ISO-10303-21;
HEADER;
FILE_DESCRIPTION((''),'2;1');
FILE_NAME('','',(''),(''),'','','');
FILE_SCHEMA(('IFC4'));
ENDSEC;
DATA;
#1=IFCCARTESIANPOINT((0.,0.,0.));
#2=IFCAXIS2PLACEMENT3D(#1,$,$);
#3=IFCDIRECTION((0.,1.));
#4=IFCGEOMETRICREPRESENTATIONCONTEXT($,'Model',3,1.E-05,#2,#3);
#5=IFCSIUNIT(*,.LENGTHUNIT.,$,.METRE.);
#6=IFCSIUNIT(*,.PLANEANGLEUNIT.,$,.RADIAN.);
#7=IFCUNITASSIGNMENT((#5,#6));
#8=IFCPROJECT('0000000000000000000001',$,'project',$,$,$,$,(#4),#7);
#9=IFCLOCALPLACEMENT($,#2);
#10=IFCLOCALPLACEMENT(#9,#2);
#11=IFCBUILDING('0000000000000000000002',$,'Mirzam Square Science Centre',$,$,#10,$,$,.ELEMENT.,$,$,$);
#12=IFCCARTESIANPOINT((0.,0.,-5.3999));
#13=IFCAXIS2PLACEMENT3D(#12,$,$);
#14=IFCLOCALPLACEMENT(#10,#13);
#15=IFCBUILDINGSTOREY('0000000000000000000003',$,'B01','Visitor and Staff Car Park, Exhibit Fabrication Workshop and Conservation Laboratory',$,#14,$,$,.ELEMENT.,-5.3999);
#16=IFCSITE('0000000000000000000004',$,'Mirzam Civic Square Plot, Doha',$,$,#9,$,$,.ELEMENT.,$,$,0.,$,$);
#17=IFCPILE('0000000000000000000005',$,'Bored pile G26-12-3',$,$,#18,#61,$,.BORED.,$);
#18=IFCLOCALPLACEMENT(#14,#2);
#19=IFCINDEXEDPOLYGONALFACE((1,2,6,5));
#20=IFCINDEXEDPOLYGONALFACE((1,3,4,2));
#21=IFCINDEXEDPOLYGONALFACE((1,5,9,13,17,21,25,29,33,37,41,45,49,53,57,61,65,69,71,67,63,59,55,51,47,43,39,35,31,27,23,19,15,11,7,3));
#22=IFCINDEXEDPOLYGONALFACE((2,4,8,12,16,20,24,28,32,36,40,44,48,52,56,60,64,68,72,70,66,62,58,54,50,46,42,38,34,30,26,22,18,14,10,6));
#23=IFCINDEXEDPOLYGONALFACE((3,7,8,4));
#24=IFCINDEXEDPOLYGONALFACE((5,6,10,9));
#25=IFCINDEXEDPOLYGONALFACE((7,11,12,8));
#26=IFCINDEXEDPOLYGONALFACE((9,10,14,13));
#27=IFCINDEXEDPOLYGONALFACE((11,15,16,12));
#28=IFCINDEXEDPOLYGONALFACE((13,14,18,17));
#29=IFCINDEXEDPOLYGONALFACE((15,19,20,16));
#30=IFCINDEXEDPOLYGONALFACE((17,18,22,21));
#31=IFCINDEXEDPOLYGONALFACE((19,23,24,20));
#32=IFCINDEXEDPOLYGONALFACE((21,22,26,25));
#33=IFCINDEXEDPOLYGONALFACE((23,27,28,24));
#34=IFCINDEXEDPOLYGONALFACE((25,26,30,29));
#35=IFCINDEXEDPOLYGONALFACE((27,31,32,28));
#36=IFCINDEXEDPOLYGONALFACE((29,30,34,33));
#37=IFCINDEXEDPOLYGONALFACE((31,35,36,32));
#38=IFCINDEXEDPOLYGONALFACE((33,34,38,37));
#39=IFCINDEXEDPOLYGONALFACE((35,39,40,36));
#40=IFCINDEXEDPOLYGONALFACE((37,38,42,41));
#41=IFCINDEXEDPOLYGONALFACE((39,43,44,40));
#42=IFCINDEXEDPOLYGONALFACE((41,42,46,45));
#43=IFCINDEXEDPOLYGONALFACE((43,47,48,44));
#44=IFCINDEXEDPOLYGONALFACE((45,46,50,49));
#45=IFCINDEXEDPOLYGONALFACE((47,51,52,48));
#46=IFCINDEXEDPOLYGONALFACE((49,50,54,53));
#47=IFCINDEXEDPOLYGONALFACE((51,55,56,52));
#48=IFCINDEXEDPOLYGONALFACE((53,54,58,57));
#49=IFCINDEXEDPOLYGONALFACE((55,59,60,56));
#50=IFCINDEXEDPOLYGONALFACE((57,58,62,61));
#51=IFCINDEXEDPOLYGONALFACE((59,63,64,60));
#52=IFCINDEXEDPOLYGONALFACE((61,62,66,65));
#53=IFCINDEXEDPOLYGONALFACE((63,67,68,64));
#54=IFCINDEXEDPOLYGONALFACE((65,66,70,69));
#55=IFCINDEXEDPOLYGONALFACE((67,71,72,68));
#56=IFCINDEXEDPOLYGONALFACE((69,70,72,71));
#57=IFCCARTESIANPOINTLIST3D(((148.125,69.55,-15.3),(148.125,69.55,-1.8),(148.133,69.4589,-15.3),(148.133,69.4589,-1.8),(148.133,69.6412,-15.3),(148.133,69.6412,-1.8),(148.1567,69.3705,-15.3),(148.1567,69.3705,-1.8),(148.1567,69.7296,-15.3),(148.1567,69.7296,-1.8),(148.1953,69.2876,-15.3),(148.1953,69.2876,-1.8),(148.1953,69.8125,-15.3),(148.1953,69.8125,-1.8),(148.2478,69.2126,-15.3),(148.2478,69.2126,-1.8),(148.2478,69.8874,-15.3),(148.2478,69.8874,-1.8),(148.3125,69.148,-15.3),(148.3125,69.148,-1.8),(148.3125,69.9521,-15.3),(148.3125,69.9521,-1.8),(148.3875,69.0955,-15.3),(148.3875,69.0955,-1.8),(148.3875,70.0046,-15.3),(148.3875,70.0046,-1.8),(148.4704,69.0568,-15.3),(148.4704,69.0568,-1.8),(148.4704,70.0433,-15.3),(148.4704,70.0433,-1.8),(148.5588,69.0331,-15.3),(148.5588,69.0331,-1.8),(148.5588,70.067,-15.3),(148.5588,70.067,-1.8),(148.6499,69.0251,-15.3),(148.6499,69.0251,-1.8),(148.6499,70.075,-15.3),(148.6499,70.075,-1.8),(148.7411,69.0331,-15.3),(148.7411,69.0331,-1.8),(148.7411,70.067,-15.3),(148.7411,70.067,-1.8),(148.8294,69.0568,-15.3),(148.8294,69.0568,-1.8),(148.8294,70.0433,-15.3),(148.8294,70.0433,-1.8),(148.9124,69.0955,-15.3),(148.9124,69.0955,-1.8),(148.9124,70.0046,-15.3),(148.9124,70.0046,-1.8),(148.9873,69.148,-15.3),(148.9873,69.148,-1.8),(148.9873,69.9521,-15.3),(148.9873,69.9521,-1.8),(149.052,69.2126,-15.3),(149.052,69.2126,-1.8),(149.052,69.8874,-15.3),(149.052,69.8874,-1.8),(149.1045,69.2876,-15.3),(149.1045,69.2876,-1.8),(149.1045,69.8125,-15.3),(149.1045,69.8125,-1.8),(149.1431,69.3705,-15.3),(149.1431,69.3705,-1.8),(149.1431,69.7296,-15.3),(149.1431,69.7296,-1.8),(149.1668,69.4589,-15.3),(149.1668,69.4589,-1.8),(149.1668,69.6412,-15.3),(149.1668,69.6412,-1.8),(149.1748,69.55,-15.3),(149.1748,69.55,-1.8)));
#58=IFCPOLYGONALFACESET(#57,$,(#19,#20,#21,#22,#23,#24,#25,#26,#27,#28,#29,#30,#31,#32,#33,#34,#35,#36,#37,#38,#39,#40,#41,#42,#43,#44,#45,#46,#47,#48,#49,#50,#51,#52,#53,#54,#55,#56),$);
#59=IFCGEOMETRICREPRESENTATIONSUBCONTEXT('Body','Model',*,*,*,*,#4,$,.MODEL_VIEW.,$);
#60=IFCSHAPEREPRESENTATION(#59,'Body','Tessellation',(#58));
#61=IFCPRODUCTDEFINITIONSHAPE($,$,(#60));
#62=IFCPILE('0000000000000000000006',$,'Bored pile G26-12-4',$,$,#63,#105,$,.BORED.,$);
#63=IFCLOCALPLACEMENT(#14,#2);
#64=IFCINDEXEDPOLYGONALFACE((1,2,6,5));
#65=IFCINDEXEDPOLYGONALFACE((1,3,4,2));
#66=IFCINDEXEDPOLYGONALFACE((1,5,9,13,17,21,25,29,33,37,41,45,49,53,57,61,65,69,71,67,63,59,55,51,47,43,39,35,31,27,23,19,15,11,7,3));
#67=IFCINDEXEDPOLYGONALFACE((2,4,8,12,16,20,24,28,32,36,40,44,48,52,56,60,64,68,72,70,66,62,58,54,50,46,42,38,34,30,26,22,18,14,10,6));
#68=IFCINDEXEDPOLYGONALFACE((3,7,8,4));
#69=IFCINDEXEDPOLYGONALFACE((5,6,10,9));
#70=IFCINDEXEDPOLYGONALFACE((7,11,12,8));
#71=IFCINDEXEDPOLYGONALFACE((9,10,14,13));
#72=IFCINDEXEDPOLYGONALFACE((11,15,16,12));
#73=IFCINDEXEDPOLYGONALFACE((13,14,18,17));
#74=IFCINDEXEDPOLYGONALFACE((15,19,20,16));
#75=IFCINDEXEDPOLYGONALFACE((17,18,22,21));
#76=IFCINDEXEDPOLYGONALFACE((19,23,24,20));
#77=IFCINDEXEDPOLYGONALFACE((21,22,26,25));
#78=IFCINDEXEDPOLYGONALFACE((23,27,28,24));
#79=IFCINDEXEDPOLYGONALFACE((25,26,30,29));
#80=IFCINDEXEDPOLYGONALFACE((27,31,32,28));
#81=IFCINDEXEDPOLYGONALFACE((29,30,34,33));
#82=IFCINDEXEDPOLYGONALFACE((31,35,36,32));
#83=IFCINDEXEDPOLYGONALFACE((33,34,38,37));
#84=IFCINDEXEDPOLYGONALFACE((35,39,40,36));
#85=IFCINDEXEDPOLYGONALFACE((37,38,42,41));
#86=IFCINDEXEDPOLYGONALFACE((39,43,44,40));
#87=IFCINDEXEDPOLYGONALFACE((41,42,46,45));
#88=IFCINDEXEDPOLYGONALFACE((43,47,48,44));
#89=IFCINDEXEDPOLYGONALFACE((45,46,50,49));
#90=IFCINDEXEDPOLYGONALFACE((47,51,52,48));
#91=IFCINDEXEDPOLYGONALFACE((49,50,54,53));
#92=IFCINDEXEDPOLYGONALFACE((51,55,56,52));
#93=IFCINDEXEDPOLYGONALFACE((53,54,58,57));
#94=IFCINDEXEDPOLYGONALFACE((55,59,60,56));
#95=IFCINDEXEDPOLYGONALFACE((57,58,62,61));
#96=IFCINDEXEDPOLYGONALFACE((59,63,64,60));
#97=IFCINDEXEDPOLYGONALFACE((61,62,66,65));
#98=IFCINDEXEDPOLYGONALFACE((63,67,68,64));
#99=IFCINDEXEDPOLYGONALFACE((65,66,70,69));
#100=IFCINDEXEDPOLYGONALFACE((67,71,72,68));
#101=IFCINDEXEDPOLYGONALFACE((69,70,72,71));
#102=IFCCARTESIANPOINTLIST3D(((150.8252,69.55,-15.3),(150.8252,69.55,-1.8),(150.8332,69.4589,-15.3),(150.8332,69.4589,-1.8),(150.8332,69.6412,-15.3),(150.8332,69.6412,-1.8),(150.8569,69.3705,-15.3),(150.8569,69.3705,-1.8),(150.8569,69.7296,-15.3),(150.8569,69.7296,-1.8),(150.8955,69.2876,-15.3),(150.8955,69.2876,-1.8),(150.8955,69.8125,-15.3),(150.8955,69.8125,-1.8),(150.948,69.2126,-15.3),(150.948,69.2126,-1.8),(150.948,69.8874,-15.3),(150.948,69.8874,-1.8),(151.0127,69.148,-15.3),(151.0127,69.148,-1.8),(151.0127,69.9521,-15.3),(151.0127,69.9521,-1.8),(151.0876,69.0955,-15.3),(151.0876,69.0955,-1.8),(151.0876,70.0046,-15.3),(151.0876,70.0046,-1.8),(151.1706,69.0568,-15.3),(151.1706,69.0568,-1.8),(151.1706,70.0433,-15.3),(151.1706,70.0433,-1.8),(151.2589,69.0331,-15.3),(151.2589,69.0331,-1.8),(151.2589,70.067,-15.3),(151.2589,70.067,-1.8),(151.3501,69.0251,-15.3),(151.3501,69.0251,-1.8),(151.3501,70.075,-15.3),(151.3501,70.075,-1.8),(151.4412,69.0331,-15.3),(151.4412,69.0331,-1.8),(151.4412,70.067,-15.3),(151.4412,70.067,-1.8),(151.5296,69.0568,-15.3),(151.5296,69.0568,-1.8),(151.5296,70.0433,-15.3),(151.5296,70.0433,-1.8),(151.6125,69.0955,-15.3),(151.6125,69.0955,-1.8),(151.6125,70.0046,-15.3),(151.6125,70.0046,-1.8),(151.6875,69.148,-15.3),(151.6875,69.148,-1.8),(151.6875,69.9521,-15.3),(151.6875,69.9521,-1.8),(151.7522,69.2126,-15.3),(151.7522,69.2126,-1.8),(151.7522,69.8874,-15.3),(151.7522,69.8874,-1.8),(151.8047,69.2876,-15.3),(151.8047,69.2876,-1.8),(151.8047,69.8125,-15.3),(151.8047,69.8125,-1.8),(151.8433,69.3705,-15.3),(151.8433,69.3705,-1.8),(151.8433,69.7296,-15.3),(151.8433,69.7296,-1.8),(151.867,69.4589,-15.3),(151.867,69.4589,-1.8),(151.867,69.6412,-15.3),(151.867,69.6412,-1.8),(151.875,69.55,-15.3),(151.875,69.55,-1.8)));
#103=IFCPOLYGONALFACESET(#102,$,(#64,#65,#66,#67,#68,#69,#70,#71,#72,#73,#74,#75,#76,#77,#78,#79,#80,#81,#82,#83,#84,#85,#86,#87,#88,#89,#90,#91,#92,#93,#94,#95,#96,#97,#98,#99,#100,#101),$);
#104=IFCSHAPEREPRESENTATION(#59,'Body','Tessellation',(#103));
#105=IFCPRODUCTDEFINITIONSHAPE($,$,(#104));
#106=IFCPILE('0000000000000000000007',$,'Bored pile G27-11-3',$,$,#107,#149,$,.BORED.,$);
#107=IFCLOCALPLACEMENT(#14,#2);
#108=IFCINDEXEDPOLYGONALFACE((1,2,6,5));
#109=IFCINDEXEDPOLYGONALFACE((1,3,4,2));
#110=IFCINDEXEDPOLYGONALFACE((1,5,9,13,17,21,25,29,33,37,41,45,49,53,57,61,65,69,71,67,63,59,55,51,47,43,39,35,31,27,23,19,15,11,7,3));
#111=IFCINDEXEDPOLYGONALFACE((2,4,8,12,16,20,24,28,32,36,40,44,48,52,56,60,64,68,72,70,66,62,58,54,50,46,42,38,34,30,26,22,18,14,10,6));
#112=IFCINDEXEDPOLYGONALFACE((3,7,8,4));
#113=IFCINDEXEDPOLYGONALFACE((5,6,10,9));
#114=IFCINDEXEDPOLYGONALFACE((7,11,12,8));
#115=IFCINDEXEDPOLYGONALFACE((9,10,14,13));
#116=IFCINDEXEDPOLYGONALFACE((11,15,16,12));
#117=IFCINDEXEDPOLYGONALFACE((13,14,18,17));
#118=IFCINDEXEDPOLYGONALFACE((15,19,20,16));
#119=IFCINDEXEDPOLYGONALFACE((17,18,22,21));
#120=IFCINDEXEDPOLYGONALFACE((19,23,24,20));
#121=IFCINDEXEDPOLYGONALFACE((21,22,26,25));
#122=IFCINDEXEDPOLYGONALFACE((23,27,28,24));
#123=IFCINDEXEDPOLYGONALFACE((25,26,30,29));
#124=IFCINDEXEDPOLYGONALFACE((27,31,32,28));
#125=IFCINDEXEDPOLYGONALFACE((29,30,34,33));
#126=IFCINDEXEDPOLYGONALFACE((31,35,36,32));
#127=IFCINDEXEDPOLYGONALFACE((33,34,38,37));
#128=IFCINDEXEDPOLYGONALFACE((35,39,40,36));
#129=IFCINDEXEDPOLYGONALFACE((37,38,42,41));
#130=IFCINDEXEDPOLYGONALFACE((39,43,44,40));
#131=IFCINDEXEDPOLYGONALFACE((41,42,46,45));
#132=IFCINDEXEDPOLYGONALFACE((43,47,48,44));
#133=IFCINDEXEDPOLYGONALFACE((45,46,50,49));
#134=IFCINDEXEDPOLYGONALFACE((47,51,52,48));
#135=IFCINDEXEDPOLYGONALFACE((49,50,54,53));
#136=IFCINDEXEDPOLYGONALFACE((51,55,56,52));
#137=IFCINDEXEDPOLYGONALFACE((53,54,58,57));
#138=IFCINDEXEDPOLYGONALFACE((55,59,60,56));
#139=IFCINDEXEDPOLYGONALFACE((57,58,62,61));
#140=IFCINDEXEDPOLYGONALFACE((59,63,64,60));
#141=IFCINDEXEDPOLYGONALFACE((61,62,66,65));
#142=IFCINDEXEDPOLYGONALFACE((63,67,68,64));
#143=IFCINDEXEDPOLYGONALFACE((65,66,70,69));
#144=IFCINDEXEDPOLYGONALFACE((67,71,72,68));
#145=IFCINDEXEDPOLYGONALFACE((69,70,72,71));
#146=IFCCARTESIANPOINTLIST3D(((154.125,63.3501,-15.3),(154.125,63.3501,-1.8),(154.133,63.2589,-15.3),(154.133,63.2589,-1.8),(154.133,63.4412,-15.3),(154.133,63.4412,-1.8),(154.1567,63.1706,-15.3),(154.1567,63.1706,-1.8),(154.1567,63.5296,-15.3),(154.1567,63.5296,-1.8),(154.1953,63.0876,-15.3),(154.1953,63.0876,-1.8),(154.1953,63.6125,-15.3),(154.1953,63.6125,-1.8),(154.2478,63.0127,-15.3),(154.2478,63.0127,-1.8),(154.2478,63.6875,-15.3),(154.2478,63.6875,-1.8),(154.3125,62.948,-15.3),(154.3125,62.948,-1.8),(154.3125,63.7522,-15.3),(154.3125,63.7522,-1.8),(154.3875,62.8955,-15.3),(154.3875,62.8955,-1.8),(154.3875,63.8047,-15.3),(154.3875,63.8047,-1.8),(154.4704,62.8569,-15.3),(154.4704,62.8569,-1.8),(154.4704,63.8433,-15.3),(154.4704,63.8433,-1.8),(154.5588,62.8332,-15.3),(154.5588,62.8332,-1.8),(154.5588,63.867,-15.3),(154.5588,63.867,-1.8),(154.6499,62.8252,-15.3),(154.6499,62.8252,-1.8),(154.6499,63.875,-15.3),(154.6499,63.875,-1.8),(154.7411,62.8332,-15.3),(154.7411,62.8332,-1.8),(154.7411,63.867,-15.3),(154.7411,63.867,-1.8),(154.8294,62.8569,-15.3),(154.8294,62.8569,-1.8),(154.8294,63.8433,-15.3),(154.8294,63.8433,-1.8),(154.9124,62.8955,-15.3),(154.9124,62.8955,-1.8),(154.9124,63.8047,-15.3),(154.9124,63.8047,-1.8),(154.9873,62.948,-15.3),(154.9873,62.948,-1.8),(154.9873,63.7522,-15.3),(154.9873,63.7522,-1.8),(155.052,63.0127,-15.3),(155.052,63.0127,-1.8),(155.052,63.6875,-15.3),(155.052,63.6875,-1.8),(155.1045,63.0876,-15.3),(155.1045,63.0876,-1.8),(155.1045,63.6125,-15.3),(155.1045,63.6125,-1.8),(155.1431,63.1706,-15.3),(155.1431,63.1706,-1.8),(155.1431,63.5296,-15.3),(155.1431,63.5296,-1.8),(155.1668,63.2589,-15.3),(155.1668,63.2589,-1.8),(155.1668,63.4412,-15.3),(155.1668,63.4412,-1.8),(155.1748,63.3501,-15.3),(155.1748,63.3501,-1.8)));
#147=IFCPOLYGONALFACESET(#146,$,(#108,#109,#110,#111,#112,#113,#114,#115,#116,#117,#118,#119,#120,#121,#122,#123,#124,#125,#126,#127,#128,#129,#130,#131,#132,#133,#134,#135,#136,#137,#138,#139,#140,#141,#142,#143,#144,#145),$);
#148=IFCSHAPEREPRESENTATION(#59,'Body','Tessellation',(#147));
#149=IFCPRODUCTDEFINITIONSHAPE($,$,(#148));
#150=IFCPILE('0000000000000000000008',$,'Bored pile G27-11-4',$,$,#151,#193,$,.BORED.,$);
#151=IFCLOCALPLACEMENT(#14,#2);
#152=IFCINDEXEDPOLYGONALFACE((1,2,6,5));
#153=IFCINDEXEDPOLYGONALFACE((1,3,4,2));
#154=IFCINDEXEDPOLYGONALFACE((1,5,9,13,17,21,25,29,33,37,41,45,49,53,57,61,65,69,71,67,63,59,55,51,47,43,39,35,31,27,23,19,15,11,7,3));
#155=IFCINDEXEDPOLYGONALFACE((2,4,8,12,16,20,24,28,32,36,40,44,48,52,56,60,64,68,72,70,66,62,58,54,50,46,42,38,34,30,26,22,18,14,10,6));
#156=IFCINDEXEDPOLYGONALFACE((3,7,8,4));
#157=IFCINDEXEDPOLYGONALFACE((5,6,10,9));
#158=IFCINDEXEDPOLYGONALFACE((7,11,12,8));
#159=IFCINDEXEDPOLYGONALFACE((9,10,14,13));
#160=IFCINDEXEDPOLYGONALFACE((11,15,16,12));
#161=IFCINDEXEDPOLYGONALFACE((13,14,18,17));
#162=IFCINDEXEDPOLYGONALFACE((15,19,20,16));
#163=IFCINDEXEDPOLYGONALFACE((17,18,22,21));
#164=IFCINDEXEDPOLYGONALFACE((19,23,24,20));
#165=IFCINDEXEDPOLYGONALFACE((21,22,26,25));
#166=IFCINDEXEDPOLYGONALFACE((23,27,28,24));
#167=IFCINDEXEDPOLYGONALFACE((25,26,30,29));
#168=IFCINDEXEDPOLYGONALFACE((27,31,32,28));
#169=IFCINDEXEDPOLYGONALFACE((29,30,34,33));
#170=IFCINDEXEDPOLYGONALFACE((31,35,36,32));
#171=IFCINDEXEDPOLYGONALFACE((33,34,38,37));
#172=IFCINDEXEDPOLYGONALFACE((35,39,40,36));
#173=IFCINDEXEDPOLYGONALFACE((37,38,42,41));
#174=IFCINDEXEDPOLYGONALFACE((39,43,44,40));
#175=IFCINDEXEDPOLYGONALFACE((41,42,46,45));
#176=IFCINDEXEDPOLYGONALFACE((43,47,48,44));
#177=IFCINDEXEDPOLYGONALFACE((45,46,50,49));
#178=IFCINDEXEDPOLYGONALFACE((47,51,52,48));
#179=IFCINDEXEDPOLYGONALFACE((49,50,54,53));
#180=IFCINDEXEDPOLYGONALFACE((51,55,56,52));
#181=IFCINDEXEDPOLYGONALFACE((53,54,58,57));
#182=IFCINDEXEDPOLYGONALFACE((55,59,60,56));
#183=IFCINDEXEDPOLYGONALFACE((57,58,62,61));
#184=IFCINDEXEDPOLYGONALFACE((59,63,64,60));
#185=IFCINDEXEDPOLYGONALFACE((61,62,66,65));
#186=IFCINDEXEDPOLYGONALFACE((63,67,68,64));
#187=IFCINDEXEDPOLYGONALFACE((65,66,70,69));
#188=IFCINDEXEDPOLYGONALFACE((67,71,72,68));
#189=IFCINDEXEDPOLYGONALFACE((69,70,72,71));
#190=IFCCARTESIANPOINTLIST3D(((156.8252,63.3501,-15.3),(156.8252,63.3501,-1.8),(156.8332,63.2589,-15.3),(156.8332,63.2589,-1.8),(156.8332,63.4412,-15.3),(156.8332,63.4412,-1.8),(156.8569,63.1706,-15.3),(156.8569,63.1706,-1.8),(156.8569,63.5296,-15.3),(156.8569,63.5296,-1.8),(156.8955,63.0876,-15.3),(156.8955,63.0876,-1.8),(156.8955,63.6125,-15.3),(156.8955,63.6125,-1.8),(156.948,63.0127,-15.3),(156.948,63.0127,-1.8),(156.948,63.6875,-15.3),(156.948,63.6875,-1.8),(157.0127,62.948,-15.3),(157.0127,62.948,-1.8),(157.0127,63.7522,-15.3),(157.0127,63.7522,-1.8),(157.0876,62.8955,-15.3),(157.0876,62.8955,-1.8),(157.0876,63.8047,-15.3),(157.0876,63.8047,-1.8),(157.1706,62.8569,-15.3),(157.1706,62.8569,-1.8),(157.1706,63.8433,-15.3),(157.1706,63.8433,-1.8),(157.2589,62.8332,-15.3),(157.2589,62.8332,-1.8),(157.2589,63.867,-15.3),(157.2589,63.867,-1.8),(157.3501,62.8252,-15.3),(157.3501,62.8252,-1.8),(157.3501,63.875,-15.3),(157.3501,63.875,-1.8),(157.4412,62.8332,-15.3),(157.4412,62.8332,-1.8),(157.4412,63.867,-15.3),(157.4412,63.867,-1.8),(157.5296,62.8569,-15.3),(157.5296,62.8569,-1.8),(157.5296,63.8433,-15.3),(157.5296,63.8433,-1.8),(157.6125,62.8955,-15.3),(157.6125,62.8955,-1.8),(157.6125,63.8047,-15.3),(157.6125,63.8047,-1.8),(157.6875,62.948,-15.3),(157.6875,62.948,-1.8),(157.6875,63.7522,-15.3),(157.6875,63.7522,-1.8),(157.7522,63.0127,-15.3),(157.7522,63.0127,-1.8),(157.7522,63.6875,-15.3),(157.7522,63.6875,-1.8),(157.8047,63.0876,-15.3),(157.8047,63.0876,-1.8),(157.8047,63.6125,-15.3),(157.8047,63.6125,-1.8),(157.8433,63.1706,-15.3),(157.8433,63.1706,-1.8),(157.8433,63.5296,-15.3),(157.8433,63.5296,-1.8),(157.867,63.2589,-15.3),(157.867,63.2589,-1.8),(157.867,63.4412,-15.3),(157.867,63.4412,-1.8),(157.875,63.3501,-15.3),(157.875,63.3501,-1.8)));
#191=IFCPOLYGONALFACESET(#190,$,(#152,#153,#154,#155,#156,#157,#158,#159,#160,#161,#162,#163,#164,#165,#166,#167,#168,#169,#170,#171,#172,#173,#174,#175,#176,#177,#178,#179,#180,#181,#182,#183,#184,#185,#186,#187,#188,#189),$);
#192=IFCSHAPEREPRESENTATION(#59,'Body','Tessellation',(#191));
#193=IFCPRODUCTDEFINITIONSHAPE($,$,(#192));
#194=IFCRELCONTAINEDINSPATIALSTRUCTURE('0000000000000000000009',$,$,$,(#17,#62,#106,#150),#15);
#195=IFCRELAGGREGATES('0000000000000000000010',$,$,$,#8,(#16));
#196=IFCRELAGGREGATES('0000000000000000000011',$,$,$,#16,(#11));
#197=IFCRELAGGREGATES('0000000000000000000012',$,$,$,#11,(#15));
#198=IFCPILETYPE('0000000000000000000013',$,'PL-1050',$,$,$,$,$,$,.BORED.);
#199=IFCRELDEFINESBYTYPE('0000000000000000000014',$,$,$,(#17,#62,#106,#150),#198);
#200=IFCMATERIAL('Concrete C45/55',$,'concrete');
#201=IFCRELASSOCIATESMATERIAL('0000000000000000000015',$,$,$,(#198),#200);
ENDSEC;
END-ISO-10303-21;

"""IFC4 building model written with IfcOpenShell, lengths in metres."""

from ifc_helpers import new_model, si_unit, direction, frame, origin, origin_2d, place, context, subcontext, project, spatial, circle, extrude, material, material_profile, profile_set, type_object, element, save


model = new_model("IFC4")

# Units and contexts
model_context = context("Model", 3, precision=1e-05, world=origin(), true_north=direction((0.0, 1.0)))
body_context = subcontext(model_context, "Body", "Model", "MODEL_VIEW")
ifc_project = project(units=[si_unit("LENGTHUNIT", "METRE"), si_unit("PLANEANGLEUNIT", "RADIAN")], contexts=[model_context])

# Site, building, storey
site_placement = place(None, origin())
site = spatial("IfcSite", under=ifc_project, at=site_placement, Name="Mirzam Civic Square Plot, Doha", CompositionType="ELEMENT", RefElevation=0.0)
building_placement = place(site_placement, origin())
building = spatial("IfcBuilding", under=site, at=building_placement, Name="Mirzam Square Science Centre", CompositionType="ELEMENT")
storey_placement = place(building_placement, frame((0.0, 0.0, -5.3999)))
storey = spatial("IfcBuildingStorey", under=building, at=storey_placement, Name="B01", Description="Visitor and Staff Car Park, Exhibit Fabrication Workshop and Conservation Laboratory", CompositionType="ELEMENT", Elevation=-5.3999)

# Shared definitions
ifc_material_1 = material(Name="Concrete C45/55", Category="concrete")

# Piles
ifc_material_profile_1 = material_profile(ifc_material_1, circle(Radius=0.5249, at=origin_2d()), Name="PILE-D1050")
ifc_profile_set_1 = profile_set([ifc_material_profile_1], Name="Concrete C45/55")
pile_type_1 = type_object("IfcPileType", Name="PL-1050", PredefinedType="BORED", material=ifc_profile_set_1)
for number, where, z_axis, x_axis, name in (
    (1, (148.6499, 69.55, -1.8), (0.0, 0.0, -1.0), (1.0, 0.0, 0.0), "Bored pile G26-12-3"),
    (2, (151.3501, 69.55, -1.8), (0.0, 0.0, -1.0), (1.0, 0.0, 0.0), "Bored pile G26-12-4"),
    (3, (154.6499, 63.3501, -1.8), (0.0, 0.0, -1.0), (1.0, 0.0, 0.0), "Bored pile G27-11-3"),
    (4, (157.3501, 63.3501, -1.8), (0.0, 0.0, -1.0), (1.0, 0.0, 0.0), "Bored pile G27-11-4"),
):
    element("IfcPile", number, at=place(storey_placement, frame(where, z_axis=z_axis, x_axis=x_axis)), inside=storey, type_object=pile_type_1, Name=name, PredefinedType="BORED", context=body_context, shape_type="SweptSolid", body=[
        extrude(circle(Radius=0.5249, at=origin_2d()), origin(), (0.0, 0.0, 1.0), 13.5),
    ])

save(model, "model.ifc")
